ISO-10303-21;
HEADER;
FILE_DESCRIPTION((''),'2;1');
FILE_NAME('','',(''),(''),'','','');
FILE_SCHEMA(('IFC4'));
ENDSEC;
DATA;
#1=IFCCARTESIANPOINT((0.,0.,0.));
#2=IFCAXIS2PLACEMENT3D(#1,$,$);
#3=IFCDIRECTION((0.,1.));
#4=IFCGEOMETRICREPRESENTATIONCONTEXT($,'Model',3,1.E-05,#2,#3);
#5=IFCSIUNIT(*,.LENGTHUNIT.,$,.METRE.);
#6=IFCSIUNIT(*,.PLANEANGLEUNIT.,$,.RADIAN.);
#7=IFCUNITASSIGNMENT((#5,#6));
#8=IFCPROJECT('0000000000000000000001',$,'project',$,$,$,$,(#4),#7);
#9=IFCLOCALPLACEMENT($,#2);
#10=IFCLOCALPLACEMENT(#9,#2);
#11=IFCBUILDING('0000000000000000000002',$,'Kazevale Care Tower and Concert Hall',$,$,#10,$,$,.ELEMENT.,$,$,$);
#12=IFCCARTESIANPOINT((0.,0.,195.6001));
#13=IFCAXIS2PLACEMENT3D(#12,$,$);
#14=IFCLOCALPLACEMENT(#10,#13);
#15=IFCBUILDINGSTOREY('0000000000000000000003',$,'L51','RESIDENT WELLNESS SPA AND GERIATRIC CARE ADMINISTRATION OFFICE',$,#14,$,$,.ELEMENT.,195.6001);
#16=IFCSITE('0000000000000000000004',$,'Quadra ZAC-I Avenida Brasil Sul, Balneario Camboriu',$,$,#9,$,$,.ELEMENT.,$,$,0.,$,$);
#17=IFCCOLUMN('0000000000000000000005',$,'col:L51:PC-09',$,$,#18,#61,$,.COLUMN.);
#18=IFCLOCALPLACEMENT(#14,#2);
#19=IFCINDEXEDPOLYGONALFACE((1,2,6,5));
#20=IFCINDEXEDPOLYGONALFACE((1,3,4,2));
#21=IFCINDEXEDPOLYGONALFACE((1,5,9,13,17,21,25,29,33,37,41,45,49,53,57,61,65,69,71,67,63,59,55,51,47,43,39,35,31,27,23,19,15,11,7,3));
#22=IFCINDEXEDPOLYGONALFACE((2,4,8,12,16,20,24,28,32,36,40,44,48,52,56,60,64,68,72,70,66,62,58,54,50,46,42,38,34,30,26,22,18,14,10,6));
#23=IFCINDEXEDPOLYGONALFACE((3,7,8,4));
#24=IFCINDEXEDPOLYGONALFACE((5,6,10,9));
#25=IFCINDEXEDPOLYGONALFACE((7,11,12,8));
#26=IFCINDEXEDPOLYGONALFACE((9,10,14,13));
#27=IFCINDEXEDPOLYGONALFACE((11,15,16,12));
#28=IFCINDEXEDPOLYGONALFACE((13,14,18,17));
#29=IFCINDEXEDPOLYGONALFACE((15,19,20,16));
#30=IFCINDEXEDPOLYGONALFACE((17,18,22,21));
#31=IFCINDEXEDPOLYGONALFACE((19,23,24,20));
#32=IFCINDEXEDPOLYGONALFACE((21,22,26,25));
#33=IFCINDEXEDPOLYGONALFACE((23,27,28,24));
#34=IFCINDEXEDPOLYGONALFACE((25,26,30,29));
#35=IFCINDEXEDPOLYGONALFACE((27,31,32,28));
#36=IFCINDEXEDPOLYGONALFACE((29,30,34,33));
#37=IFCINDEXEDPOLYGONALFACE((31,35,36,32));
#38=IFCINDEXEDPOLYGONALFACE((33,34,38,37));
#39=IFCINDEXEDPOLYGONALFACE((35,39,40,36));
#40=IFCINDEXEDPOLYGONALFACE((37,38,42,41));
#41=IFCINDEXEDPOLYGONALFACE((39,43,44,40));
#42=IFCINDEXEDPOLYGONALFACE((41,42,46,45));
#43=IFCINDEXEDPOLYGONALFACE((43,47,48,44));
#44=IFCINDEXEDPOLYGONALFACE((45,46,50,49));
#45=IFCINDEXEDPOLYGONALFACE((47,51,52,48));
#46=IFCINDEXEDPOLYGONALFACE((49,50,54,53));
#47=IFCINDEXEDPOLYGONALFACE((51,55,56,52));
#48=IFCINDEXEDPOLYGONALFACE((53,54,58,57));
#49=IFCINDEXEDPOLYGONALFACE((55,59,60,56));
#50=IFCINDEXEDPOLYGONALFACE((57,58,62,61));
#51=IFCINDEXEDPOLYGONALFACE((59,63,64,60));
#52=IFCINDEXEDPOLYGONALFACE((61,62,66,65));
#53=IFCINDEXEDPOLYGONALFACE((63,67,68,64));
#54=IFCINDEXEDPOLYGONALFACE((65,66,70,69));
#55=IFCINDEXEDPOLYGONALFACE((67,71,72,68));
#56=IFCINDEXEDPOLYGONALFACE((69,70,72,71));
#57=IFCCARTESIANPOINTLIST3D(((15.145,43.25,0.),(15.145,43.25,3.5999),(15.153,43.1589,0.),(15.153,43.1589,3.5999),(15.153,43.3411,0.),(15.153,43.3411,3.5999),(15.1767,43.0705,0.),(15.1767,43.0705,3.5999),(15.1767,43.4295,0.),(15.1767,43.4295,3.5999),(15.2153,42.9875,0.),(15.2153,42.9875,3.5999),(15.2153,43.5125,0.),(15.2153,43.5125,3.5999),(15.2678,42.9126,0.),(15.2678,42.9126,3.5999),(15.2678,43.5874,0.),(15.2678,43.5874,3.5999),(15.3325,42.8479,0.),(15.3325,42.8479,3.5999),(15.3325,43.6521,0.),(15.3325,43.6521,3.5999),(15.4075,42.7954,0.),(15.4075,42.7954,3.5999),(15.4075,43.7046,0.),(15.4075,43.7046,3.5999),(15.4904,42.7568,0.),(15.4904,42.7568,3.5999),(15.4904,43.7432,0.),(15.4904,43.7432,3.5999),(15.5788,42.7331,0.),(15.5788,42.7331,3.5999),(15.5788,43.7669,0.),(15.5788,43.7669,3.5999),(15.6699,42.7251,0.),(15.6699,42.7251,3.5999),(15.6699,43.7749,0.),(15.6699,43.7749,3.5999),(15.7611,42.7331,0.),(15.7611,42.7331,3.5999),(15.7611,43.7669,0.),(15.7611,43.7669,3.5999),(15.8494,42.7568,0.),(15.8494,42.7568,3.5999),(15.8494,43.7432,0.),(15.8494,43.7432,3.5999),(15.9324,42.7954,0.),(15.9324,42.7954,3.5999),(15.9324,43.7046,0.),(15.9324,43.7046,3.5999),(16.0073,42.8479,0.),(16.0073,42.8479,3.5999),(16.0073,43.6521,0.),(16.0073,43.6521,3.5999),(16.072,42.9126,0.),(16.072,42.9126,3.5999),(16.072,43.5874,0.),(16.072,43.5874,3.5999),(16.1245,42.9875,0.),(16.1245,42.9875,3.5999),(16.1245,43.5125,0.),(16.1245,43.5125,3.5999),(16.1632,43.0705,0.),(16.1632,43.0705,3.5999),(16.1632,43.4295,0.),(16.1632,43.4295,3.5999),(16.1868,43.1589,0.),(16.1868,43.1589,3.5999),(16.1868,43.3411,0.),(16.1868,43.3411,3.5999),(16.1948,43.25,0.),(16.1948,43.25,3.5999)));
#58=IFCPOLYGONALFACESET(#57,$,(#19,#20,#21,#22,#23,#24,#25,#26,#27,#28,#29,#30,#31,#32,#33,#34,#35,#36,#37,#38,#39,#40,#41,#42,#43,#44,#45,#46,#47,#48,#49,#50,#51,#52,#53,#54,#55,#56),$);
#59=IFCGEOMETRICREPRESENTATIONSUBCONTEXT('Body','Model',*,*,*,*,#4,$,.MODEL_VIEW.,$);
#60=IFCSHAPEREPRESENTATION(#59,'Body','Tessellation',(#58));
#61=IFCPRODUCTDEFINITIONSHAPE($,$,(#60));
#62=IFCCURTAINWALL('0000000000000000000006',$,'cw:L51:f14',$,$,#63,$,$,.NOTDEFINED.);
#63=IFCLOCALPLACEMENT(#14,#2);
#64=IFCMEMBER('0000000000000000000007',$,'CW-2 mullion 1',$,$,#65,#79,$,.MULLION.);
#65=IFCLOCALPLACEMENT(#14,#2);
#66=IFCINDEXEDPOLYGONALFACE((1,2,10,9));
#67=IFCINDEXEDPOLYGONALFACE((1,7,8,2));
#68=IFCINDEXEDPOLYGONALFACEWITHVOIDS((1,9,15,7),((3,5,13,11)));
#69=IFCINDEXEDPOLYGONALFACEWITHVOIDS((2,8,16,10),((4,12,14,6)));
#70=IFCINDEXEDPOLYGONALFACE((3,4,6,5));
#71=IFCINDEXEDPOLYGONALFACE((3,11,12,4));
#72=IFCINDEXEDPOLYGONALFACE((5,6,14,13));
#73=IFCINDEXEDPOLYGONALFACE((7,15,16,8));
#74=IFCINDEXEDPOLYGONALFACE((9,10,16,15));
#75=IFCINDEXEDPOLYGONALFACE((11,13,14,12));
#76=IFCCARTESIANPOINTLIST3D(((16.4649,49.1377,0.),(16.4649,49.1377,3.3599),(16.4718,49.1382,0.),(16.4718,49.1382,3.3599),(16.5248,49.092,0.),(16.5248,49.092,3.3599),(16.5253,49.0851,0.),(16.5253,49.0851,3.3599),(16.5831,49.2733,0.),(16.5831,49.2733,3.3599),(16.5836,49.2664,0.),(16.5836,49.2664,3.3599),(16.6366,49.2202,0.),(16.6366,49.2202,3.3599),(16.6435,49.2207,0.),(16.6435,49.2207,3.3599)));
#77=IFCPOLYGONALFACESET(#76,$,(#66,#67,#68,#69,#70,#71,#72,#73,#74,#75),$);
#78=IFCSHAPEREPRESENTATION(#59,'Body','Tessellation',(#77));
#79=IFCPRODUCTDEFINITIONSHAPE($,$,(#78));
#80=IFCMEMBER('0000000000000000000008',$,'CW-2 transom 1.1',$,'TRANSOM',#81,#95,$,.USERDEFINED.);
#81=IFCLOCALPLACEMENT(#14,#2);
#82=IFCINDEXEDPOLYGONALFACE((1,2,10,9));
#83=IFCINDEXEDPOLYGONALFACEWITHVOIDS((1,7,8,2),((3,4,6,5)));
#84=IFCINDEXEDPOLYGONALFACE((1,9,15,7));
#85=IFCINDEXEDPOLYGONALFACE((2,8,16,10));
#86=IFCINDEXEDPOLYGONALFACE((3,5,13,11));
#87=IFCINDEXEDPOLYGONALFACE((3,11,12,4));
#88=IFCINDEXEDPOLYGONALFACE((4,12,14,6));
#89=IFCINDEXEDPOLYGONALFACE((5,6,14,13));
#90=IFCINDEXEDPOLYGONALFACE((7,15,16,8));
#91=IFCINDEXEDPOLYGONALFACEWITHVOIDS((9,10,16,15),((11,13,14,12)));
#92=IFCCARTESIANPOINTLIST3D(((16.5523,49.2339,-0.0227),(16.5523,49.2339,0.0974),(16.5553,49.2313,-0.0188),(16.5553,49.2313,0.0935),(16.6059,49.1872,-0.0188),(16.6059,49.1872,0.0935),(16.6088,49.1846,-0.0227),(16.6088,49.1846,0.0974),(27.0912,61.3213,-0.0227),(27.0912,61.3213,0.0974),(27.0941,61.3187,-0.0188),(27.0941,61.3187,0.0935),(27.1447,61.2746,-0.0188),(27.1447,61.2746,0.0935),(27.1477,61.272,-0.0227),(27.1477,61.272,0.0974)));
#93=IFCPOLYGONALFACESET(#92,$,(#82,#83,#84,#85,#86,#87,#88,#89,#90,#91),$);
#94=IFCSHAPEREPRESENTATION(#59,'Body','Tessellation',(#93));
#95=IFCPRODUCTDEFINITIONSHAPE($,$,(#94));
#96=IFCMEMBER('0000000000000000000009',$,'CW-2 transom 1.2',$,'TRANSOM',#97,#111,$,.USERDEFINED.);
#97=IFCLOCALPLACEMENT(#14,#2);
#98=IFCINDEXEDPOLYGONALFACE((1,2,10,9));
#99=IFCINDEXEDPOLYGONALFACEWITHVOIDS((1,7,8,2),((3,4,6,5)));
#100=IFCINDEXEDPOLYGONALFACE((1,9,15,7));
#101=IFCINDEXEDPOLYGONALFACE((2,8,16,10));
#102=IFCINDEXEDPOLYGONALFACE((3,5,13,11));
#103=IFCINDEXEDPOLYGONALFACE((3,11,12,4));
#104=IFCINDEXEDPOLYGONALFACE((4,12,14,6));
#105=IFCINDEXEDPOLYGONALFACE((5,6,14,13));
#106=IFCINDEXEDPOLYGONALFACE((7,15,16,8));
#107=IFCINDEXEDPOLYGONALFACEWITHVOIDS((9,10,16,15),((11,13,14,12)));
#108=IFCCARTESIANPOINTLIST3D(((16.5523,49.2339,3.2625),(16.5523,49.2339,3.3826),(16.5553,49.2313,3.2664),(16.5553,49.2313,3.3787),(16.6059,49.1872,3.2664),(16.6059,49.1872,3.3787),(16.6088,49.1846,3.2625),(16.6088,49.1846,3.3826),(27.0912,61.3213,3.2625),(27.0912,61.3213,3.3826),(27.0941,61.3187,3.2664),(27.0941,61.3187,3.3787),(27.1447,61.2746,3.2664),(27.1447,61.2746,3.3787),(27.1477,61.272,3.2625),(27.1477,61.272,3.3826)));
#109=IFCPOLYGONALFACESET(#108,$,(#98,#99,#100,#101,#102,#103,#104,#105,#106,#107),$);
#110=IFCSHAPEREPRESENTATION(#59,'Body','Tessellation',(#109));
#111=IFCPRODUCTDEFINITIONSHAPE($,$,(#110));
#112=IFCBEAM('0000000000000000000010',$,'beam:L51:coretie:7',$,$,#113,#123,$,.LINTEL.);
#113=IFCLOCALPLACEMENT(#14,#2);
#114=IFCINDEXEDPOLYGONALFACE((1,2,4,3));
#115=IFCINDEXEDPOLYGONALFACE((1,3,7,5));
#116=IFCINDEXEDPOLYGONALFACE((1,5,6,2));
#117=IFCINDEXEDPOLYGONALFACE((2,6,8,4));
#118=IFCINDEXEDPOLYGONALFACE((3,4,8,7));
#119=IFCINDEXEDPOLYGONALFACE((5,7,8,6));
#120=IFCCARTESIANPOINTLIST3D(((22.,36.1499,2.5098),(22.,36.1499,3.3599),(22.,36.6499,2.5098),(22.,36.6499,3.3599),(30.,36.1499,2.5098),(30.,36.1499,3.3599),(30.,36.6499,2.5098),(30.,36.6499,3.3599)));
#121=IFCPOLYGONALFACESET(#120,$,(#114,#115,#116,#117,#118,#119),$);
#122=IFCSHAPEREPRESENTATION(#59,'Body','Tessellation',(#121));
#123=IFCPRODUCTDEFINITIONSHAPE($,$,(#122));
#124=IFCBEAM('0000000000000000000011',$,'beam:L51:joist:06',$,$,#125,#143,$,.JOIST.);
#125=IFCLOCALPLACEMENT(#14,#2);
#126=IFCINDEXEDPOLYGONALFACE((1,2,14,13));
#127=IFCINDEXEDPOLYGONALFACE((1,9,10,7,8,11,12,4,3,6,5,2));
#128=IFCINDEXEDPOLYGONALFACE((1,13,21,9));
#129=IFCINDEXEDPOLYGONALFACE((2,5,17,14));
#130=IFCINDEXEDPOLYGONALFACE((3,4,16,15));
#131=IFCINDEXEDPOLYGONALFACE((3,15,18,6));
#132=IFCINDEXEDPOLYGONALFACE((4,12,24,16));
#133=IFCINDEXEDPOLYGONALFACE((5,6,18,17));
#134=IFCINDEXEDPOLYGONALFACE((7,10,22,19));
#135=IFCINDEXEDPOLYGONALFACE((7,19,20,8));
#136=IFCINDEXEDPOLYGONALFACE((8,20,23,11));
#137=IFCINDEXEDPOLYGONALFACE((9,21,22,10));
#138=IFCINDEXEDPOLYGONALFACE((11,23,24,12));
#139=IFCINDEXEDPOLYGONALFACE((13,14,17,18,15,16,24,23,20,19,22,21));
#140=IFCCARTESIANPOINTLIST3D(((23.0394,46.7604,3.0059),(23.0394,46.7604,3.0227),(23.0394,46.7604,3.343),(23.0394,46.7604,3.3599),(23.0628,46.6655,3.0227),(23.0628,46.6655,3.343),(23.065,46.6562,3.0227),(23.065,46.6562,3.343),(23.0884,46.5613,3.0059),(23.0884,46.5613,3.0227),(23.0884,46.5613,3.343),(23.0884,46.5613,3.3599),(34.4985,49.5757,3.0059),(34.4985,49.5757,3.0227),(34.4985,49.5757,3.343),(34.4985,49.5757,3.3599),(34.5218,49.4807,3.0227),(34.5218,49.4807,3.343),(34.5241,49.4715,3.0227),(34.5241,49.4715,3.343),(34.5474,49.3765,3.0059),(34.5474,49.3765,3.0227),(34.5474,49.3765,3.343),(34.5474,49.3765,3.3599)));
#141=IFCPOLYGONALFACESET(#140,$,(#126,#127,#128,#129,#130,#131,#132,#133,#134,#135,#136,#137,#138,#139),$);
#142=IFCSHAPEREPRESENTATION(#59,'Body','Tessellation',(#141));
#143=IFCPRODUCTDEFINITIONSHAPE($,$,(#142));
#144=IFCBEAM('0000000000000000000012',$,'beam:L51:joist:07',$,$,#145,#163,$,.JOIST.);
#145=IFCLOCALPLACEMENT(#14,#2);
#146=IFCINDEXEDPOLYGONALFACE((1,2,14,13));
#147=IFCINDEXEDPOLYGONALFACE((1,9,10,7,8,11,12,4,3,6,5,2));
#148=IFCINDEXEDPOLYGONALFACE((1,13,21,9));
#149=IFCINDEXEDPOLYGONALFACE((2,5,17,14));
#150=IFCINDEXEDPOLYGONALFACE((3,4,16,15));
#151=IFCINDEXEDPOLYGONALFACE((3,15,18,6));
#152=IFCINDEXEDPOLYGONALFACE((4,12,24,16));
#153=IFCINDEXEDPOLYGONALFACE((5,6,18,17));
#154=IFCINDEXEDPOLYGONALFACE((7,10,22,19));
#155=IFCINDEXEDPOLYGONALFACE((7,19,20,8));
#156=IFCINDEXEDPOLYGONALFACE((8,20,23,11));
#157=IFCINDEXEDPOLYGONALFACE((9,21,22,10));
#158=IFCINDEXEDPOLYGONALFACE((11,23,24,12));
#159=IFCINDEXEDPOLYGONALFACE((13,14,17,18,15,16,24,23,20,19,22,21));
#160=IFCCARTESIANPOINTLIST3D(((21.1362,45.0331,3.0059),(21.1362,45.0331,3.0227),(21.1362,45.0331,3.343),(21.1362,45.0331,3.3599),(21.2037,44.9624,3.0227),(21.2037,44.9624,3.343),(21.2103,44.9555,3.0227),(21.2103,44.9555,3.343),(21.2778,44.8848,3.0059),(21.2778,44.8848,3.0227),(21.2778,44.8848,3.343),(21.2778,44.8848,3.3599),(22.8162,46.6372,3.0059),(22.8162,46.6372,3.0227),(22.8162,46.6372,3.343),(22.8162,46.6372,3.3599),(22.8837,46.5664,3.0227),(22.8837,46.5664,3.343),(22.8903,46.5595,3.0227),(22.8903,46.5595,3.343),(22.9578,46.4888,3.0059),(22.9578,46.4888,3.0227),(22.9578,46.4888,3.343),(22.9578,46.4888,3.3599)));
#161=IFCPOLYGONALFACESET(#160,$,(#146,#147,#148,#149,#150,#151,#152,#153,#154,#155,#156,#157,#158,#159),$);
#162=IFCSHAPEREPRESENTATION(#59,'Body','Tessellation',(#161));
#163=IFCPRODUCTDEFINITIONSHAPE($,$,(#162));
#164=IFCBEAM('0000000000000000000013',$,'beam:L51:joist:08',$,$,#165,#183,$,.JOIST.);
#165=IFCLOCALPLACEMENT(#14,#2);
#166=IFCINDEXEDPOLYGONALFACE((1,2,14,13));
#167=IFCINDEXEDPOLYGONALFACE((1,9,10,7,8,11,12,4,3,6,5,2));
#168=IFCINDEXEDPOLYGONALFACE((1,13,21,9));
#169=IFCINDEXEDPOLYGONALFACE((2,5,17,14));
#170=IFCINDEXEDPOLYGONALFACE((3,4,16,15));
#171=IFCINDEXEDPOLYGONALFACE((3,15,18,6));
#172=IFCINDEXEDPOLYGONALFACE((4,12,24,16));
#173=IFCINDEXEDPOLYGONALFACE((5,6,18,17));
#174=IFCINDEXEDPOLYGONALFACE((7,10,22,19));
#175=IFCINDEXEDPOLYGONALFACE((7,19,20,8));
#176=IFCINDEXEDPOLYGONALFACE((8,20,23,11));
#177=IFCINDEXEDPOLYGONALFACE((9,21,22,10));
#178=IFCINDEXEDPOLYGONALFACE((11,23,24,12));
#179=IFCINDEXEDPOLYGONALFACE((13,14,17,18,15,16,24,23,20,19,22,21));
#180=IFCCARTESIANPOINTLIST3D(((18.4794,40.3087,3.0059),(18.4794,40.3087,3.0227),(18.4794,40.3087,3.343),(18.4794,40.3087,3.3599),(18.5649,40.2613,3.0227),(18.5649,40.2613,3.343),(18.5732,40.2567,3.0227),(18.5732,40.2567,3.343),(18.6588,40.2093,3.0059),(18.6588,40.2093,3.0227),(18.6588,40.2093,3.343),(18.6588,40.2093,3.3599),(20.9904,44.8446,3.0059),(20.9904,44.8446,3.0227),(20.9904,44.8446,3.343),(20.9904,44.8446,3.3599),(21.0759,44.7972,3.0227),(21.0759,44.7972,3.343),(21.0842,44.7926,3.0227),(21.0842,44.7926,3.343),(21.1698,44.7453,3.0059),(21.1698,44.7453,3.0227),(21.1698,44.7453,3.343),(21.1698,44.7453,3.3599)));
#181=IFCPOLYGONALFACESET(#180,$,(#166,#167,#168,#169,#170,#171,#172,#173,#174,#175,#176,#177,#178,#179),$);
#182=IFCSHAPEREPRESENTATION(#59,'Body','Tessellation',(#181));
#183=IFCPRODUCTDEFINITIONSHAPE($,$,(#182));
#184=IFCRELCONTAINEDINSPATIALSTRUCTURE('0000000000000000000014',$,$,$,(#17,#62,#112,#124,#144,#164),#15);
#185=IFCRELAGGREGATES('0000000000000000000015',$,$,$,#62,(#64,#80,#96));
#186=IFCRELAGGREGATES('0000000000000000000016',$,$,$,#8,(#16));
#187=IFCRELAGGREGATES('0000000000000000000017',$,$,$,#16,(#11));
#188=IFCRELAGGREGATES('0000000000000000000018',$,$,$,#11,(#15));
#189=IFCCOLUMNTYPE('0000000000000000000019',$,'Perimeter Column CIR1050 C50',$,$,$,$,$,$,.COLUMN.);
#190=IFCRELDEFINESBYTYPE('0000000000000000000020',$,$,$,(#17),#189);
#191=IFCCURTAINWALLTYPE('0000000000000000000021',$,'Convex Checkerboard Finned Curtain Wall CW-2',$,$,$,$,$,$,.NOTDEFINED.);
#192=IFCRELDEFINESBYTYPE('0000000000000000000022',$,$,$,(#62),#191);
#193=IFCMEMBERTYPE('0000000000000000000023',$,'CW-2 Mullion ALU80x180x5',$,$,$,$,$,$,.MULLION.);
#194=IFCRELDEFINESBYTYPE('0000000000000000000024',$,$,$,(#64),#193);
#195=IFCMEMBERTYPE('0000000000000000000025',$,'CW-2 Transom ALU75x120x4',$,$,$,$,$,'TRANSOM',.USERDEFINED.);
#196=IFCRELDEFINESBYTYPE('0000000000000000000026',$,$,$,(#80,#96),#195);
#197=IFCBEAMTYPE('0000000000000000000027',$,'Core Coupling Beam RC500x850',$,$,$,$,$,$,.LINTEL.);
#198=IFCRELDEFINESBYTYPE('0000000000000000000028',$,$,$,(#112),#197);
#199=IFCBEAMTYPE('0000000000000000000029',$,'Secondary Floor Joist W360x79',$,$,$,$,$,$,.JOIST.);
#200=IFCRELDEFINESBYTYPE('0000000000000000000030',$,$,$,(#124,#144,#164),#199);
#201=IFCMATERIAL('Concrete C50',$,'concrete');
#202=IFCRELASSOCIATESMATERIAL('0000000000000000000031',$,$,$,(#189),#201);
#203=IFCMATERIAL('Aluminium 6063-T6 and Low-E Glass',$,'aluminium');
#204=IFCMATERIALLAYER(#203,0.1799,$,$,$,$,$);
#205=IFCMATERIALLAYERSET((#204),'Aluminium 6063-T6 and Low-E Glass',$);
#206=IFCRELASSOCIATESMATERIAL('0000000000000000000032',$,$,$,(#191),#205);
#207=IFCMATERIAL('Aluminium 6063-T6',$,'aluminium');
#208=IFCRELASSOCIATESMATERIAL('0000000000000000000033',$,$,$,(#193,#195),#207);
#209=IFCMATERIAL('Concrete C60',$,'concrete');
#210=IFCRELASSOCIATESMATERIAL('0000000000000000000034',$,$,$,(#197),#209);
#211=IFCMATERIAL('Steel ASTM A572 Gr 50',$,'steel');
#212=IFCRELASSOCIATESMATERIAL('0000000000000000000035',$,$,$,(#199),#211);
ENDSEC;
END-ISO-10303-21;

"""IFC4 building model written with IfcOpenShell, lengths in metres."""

from ifc_helpers import new_model, si_unit, direction, frame, origin, origin_2d, place, context, subcontext, project, spatial, rectangle, hollow_rectangle, circle, i_section, extrude, material, layer, layer_set, material_profile, profile_set, type_object, element, aggregate, save


model = new_model("IFC4")

# Units and contexts
model_context = context("Model", 3, precision=1e-05, world=origin(), true_north=direction((0.0, 1.0)))
body_context = subcontext(model_context, "Body", "Model", "MODEL_VIEW")
ifc_project = project(units=[si_unit("LENGTHUNIT", "METRE"), si_unit("PLANEANGLEUNIT", "RADIAN")], contexts=[model_context])

# Site, building, storey
site_placement = place(None, origin())
site = spatial("IfcSite", under=ifc_project, at=site_placement, Name="Quadra ZAC-I Avenida Brasil Sul, Balneario Camboriu", CompositionType="ELEMENT", RefElevation=0.0)
building_placement = place(site_placement, origin())
building = spatial("IfcBuilding", under=site, at=building_placement, Name="Kazevale Care Tower and Concert Hall", CompositionType="ELEMENT")
storey_placement = place(building_placement, frame((0.0, 0.0, 195.6001)))
storey = spatial("IfcBuildingStorey", under=building, at=storey_placement, Name="L51", Description="RESIDENT WELLNESS SPA AND GERIATRIC CARE ADMINISTRATION OFFICE", CompositionType="ELEMENT", Elevation=195.6001)

# Column
ifc_material_1 = material(Name="Concrete C50", Category="concrete")
ifc_material_profile_1 = material_profile(ifc_material_1, circle(Radius=0.5249, at=origin_2d()), Name="RC-CIR1050")
ifc_profile_set_1 = profile_set([ifc_material_profile_1], Name="Concrete C50")
column_type = type_object("IfcColumnType", Name="Perimeter Column CIR1050 C50", PredefinedType="COLUMN", material=ifc_profile_set_1)
column_placement = place(storey_placement, frame((15.6699, 43.25, 0.0), z_axis=(0.0, 0.0, 1.0), x_axis=(1.0, 0.0, 0.0)))
element("IfcColumn", 1, at=column_placement, inside=storey, type_object=column_type, Name="col:L51:PC-09", PredefinedType="COLUMN", context=body_context, shape_type="SweptSolid", body=[
    extrude(circle(Radius=0.5249, at=origin_2d()), origin(), (0.0, 0.0, 1.0), 3.5999),
])

# Curtain wall, members
ifc_material_2 = material(Name="Aluminium 6063-T6 and Low-E Glass", Category="aluminium")
ifc_layer_1 = layer(ifc_material_2, 0.1799)
ifc_layer_set_1 = layer_set([ifc_layer_1], Name="Aluminium 6063-T6 and Low-E Glass")
curtain_wall_type = type_object("IfcCurtainWallType", Name="Convex Checkerboard Finned Curtain Wall CW-2", PredefinedType="NOTDEFINED", material=ifc_layer_set_1)
curtain_wall_placement = place(storey_placement, origin())
curtain_wall = element("IfcCurtainWall", 2, at=curtain_wall_placement, inside=storey, type_object=curtain_wall_type, Name="cw:L51:f14", PredefinedType="NOTDEFINED")
ifc_material_3 = material(Name="Aluminium 6063-T6", Category="aluminium")
ifc_material_profile_2 = material_profile(ifc_material_3, hollow_rectangle(XDim=0.0801, YDim=0.1799, WallThickness=0.0049, at=origin_2d()), Name="ALU80x180x5")
ifc_profile_set_2 = profile_set([ifc_material_profile_2], Name="Aluminium 6063-T6")
member_type_1 = type_object("IfcMemberType", Name="CW-2 Mullion ALU80x180x5", PredefinedType="MULLION", material=ifc_profile_set_2)
member_1_placement = place(storey_placement, frame((16.5542, 49.1792, 0.0), z_axis=(0.0, 0.0, 1.0), x_axis=(-0.753738, 0.657175, 0.0)))
member_1 = element("IfcMember", 3, at=member_1_placement, type_object=member_type_1, Name="CW-2 mullion 1", PredefinedType="MULLION", context=body_context, shape_type="SweptSolid", body=[
    extrude(hollow_rectangle(XDim=0.0801, YDim=0.1799, WallThickness=0.0049, at=origin_2d()), origin(), (0.0, 0.0, 1.0), 3.3599),
])
ifc_material_profile_3 = material_profile(ifc_material_3, hollow_rectangle(XDim=0.075, YDim=0.1201, WallThickness=0.0039, at=origin_2d()), Name="ALU75x120x4")
ifc_profile_set_3 = profile_set([ifc_material_profile_3], Name="Aluminium 6063-T6")
member_type_2 = type_object("IfcMemberType", Name="CW-2 Transom ALU75x120x4", ElementType="TRANSOM", PredefinedType="USERDEFINED", material=ifc_profile_set_3)
member_2_placement = place(storey_placement, frame((16.5806, 49.2092, 0.0374), z_axis=(0.657174, 0.753739, 0.0), x_axis=(-0.753739, 0.657174, 0.0)))
member_2 = element("IfcMember", 4, at=member_2_placement, type_object=member_type_2, Name="CW-2 transom 1.1", ObjectType="TRANSOM", PredefinedType="USERDEFINED", context=body_context, shape_type="SweptSolid", body=[
    extrude(hollow_rectangle(XDim=0.075, YDim=0.1201, WallThickness=0.0039, at=origin_2d()), origin(), (0.0, 0.0, 1.0), 16.0366),
])
member_3_placement = place(storey_placement, frame((16.5806, 49.2092, 3.3225), z_axis=(0.657174, 0.753739, 0.0), x_axis=(-0.753739, 0.657174, 0.0)))
member_3 = element("IfcMember", 5, at=member_3_placement, type_object=member_type_2, Name="CW-2 transom 1.2", ObjectType="TRANSOM", PredefinedType="USERDEFINED", context=body_context, shape_type="SweptSolid", body=[
    extrude(hollow_rectangle(XDim=0.075, YDim=0.1201, WallThickness=0.0039, at=origin_2d()), origin(), (0.0, 0.0, 1.0), 16.0366),
])
aggregate(curtain_wall, [member_1, member_2, member_3])

# Beams
ifc_material_4 = material(Name="Concrete C60", Category="concrete")
ifc_material_profile_4 = material_profile(ifc_material_4, rectangle(XDim=0.5, YDim=0.8501, at=origin_2d()), Name="RC-B500x850")
ifc_profile_set_4 = profile_set([ifc_material_profile_4], Name="Concrete C60")
beam_type_1 = type_object("IfcBeamType", Name="Core Coupling Beam RC500x850", PredefinedType="LINTEL", material=ifc_profile_set_4)
beam_1_placement = place(storey_placement, frame((30.0, 36.3999, 2.9348), z_axis=(-1.0, 0.0, 0.0), x_axis=(0.0, -1.0, 0.0)))
element("IfcBeam", 6, at=beam_1_placement, inside=storey, type_object=beam_type_1, Name="beam:L51:coretie:7", PredefinedType="LINTEL", context=body_context, shape_type="SweptSolid", body=[
    extrude(rectangle(XDim=0.5, YDim=0.8501, at=origin_2d()), origin(), (0.0, 0.0, 1.0), 8.0),
])
ifc_material_5 = material(Name="Steel ASTM A572 Gr 50", Category="steel")
ifc_material_profile_5 = material_profile(ifc_material_5, i_section(OverallWidth=0.2051, OverallDepth=0.354, WebThickness=0.0095, FlangeThickness=0.0168, at=origin_2d()), Name="W360x79")
ifc_profile_set_5 = profile_set([ifc_material_profile_5], Name="Steel ASTM A572 Gr 50")
beam_type_2 = type_object("IfcBeamType", Name="Secondary Floor Joist W360x79", PredefinedType="JOIST", material=ifc_profile_set_5)
beam_2_placement = place(storey_placement, frame((34.5229, 49.4761, 3.1829), z_axis=(-0.971123, -0.238581, 0.0), x_axis=(0.238581, -0.971123, 0.0)))
element("IfcBeam", 7, at=beam_2_placement, inside=storey, type_object=beam_type_2, Name="beam:L51:joist:06", PredefinedType="JOIST", context=body_context, shape_type="SweptSolid", body=[
    extrude(i_section(OverallWidth=0.2051, OverallDepth=0.354, WebThickness=0.0095, FlangeThickness=0.0168, at=origin_2d()), origin(), (0.0, 0.0, 1.0), 11.7998),
])
beam_3_placement = place(storey_placement, frame((22.887, 46.563, 3.1829), z_axis=(-0.723262, -0.690573, 0.0), x_axis=(0.690573, -0.723262, 0.0)))
element("IfcBeam", 8, at=beam_3_placement, inside=storey, type_object=beam_type_2, Name="beam:L51:joist:07", PredefinedType="JOIST", context=body_context, shape_type="SweptSolid", body=[
    extrude(i_section(OverallWidth=0.2051, OverallDepth=0.354, WebThickness=0.0095, FlangeThickness=0.0168, at=origin_2d()), origin(), (0.0, 0.0, 1.0), 2.3228),
])
beam_4_placement = place(storey_placement, frame((21.0801, 44.7949, 3.1829), z_axis=(-0.484323, -0.874889, 0.0), x_axis=(0.874889, -0.484323, 0.0)))
element("IfcBeam", 9, at=beam_4_placement, inside=storey, type_object=beam_type_2, Name="beam:L51:joist:08", PredefinedType="JOIST", context=body_context, shape_type="SweptSolid", body=[
    extrude(i_section(OverallWidth=0.2051, OverallDepth=0.354, WebThickness=0.0095, FlangeThickness=0.0168, at=origin_2d()), origin(), (0.0, 0.0, 1.0), 5.1846),
])

save(model, "model.ifc")
